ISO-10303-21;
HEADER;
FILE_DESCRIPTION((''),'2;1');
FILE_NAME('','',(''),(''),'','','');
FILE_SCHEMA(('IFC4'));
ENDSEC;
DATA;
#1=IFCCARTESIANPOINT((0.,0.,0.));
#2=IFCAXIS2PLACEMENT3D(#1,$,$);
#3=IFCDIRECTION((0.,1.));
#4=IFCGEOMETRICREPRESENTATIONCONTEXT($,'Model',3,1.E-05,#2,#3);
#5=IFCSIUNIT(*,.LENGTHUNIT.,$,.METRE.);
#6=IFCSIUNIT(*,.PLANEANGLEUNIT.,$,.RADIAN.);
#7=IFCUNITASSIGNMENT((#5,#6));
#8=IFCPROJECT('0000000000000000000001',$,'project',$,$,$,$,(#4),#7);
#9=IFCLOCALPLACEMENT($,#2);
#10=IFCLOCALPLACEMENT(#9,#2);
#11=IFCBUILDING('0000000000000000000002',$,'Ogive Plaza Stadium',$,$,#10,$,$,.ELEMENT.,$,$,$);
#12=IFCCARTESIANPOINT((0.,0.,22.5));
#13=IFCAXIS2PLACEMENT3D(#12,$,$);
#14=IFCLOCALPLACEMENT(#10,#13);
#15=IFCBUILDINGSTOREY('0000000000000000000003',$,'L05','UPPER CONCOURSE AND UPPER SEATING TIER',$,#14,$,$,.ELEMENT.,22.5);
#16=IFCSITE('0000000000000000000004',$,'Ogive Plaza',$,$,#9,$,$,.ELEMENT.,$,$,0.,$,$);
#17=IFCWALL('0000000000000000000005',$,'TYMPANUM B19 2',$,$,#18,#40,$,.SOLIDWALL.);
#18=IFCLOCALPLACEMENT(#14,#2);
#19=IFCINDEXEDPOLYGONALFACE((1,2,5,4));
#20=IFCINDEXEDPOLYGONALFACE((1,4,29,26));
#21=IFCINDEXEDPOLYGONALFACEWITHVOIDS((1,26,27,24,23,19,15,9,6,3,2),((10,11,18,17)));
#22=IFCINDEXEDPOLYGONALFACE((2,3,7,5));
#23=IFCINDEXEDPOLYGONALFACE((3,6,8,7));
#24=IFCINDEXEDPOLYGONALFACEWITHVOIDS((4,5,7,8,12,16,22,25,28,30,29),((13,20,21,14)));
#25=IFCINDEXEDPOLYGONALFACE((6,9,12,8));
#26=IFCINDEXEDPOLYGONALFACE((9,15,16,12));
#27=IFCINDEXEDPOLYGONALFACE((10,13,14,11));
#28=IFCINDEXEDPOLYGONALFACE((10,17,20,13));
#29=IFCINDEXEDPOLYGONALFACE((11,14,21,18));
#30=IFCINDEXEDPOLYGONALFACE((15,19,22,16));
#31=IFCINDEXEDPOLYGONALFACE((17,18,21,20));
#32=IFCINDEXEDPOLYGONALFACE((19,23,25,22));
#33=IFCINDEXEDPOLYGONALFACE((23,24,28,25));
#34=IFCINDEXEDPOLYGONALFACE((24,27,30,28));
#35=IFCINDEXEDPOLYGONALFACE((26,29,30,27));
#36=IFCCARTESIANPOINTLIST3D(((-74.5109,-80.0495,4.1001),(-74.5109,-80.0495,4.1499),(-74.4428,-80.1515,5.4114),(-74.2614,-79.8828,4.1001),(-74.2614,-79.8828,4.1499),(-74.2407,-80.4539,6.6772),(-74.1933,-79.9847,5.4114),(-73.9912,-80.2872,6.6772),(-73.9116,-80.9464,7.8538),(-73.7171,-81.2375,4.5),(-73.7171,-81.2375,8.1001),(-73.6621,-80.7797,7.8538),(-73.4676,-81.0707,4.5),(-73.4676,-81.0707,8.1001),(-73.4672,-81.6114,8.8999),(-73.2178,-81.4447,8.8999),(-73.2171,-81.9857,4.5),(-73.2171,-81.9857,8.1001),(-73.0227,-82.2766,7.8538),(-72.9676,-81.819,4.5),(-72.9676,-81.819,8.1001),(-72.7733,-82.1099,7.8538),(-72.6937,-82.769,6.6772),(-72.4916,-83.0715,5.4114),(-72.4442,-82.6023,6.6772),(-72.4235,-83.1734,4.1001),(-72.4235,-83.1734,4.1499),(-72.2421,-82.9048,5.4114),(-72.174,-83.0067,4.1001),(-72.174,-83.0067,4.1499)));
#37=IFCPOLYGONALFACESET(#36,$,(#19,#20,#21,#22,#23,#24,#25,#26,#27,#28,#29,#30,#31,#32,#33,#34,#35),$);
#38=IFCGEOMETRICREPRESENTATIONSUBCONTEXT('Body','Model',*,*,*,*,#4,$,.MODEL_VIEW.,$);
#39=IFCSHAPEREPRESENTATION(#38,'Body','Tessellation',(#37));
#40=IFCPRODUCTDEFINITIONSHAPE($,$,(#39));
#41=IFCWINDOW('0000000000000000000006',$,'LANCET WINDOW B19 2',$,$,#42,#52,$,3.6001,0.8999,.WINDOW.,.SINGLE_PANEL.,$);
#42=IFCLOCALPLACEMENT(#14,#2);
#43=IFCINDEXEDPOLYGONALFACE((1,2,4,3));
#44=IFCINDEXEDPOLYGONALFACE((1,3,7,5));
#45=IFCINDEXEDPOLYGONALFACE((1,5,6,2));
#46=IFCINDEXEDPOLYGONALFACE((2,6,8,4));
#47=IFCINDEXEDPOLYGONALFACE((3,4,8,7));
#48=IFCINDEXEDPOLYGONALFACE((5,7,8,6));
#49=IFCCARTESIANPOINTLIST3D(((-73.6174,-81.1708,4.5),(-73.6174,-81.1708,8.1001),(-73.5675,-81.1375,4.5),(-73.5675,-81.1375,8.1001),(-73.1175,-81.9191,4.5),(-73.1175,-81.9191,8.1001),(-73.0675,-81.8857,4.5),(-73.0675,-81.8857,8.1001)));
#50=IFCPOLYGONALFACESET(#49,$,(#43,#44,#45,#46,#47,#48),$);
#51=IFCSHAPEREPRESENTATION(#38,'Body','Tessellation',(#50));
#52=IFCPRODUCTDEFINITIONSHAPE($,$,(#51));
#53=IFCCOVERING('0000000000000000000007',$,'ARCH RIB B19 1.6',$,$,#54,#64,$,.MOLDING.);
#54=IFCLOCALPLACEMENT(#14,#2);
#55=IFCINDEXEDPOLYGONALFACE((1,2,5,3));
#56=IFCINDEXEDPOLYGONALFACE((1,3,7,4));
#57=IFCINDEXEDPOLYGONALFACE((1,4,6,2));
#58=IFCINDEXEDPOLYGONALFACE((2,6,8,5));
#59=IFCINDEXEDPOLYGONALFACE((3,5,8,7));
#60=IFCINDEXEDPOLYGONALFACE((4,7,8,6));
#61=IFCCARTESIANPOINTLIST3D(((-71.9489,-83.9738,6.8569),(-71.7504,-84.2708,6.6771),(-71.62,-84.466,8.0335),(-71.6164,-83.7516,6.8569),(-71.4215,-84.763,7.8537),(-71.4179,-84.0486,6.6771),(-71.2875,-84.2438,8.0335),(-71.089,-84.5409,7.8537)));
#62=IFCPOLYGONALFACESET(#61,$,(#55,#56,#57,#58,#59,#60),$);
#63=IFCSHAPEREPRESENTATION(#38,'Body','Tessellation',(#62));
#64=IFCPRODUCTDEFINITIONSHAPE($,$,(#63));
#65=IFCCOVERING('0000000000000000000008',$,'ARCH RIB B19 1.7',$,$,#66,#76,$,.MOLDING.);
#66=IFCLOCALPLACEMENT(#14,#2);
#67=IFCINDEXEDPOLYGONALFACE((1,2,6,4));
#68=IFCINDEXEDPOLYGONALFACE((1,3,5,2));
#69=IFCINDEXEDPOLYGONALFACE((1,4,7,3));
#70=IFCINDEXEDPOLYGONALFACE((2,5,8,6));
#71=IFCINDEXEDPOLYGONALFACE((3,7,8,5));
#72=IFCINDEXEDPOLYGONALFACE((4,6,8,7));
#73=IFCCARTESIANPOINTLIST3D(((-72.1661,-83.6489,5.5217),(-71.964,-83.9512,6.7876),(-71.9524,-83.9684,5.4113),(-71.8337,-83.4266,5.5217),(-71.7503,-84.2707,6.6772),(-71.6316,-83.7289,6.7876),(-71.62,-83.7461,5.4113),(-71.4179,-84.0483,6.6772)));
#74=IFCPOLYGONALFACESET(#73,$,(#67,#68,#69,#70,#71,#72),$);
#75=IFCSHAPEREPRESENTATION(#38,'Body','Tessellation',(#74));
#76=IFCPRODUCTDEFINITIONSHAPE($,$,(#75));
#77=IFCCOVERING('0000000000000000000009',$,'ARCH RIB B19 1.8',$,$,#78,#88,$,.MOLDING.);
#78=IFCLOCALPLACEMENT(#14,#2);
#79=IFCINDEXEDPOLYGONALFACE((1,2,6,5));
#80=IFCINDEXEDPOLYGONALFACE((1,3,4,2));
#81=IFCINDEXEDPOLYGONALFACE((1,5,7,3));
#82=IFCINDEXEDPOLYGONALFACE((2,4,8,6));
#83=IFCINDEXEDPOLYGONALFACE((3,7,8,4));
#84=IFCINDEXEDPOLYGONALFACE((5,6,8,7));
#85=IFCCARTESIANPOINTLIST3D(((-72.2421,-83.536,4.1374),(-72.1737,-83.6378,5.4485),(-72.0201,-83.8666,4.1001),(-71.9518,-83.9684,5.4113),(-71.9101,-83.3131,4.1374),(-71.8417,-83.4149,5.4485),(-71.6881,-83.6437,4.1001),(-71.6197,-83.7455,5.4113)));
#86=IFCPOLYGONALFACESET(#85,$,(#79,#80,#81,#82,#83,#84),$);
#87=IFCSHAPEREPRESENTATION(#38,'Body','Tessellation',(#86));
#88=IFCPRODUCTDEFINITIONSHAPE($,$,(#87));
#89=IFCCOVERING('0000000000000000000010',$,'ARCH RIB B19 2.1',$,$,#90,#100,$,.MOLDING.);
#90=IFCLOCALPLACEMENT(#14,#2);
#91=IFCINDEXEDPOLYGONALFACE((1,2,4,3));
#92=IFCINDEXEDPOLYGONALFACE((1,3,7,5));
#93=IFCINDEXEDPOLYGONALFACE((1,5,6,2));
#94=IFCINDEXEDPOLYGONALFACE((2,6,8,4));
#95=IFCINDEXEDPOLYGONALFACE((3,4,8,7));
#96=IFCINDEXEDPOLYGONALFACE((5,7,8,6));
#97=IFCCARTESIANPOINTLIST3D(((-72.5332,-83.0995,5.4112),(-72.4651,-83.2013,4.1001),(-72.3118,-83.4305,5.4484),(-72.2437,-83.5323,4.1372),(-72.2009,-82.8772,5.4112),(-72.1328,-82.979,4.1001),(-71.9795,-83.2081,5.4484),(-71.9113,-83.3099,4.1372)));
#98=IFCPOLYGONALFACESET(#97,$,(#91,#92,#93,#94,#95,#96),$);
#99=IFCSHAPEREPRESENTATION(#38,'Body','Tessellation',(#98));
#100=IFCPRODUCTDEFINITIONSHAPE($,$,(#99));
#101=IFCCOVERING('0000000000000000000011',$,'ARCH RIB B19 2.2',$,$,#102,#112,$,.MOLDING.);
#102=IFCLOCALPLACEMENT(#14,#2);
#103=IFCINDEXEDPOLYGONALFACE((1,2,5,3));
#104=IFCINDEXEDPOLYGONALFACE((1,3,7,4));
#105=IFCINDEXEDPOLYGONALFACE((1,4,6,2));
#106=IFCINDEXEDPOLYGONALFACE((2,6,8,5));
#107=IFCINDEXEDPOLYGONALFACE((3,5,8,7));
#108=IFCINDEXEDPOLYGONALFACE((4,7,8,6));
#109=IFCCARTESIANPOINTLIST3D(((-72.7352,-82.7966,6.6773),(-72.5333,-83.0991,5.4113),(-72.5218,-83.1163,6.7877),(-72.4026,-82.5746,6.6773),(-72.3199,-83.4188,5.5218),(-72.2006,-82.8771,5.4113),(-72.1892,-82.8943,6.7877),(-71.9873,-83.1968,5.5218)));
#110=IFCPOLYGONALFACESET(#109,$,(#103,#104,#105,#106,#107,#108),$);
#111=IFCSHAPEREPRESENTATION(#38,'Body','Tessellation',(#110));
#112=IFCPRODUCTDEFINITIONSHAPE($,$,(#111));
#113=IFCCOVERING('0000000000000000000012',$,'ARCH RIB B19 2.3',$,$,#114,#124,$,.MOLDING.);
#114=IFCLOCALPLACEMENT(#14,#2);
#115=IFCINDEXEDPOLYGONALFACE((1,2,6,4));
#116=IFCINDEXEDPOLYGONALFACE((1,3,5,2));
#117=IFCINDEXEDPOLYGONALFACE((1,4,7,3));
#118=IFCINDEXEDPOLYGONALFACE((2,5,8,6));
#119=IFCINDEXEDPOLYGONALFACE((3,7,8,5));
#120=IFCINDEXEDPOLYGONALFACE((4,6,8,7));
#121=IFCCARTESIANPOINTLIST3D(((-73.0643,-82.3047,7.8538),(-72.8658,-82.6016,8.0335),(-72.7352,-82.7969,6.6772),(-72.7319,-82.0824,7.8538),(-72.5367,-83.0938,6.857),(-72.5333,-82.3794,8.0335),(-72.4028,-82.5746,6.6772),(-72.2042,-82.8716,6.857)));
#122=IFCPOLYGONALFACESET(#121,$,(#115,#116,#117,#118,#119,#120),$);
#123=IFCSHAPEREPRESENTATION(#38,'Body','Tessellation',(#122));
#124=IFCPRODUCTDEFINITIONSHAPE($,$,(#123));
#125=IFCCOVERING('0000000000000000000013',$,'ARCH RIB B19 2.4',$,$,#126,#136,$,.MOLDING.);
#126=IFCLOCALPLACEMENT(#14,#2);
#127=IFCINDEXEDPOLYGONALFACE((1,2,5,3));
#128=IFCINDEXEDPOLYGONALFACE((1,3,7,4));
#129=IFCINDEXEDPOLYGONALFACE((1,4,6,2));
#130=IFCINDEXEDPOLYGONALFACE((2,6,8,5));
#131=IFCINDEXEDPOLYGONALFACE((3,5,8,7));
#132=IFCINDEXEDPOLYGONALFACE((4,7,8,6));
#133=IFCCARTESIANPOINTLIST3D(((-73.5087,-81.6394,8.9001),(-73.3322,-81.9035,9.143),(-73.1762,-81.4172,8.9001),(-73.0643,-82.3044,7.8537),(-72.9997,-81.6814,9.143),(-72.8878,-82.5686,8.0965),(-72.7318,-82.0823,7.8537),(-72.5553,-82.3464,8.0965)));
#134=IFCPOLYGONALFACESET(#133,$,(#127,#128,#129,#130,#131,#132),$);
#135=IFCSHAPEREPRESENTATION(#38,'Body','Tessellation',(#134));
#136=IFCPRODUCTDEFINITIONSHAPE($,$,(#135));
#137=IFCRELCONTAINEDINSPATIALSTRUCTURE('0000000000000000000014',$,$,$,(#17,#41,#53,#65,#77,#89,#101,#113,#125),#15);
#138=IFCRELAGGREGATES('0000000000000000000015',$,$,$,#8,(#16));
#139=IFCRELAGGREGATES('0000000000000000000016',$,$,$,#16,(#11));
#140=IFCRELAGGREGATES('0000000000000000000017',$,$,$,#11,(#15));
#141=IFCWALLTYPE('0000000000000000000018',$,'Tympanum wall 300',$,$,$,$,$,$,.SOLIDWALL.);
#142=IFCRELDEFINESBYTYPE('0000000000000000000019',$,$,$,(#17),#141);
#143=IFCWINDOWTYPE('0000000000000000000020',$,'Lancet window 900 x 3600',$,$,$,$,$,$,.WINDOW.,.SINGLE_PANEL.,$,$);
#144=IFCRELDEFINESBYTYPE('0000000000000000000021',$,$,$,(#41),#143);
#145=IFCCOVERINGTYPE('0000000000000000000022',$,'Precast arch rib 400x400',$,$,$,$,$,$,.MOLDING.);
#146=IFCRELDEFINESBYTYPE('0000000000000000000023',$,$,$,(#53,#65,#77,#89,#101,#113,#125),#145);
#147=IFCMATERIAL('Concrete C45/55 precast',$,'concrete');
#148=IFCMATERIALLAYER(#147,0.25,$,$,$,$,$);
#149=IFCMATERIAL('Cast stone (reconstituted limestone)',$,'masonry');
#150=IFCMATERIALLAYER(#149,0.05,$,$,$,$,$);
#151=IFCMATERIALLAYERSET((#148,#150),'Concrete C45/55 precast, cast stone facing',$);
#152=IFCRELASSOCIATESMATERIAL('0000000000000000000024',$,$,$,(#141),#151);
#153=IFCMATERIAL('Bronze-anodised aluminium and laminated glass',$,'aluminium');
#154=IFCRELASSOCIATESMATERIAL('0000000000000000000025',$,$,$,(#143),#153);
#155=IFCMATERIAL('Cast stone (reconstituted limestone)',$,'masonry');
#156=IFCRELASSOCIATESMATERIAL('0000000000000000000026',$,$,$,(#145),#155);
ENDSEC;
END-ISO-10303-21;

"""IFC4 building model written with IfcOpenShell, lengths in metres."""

from ifc_helpers import new_model, si_unit, direction, frame, frame_2d, origin, origin_2d, place, context, subcontext, project, spatial, polyline, rectangle, outline, extrude, material, layer, layer_set, material_profile, profile_set, type_object, element, fill, save


model = new_model("IFC4")

# Units and contexts
model_context = context("Model", 3, precision=1e-05, world=origin(), true_north=direction((0.0, 1.0)))
body_context = subcontext(model_context, "Body", "Model", "MODEL_VIEW")
ifc_project = project(units=[si_unit("LENGTHUNIT", "METRE"), si_unit("PLANEANGLEUNIT", "RADIAN")], contexts=[model_context])

# Site, building, storey
site_placement = place(None, origin())
site = spatial("IfcSite", under=ifc_project, at=site_placement, Name="Ogive Plaza", CompositionType="ELEMENT", RefElevation=0.0)
building_placement = place(site_placement, origin())
building = spatial("IfcBuilding", under=site, at=building_placement, Name="Ogive Plaza Stadium", CompositionType="ELEMENT")
storey_placement = place(building_placement, frame((0.0, 0.0, 22.5)))
storey = spatial("IfcBuildingStorey", under=building, at=storey_placement, Name="L05", Description="UPPER CONCOURSE AND UPPER SEATING TIER", CompositionType="ELEMENT", Elevation=22.5)

# Wall, opening, window
ifc_material_1 = material(Name="Concrete C45/55 precast", Category="concrete")
ifc_layer_1 = layer(ifc_material_1, 0.25)
ifc_material_2 = material(Name="Cast stone (reconstituted limestone)", Category="masonry")
ifc_layer_2 = layer(ifc_material_2, 0.05)
ifc_layer_set_1 = layer_set([ifc_layer_1, ifc_layer_2], Name="Concrete C45/55 precast, cast stone facing")
wall_type = type_object("IfcWallType", Name="Tympanum wall 300", PredefinedType="SOLIDWALL", material=ifc_layer_set_1)
wall_placement = place(storey_placement, frame((-72.2988, -83.0901, 4.1001), z_axis=(0.0, 0.0, 1.0), x_axis=(-0.5556, 0.83145, 0.0)))
wall = element("IfcWall", 1, at=wall_placement, inside=storey, type_object=wall_type, Name="TYMPANUM B19 2", PredefinedType="SOLIDWALL", context=body_context, shape_type="SweptSolid", body=[
    extrude(outline(polyline([(0.0, 0.0), (3.7571, 0.0), (3.7571, 0.0498), (3.6345, 1.3113), (3.2708, 2.5771), (2.6785, 3.7537), (1.8787, 4.7998), (1.0786, 3.7537), (0.4863, 2.5771), (0.1226, 1.3113), (0.0, 0.0498), (0.0, 0.0)])), frame((0.0, 0.1499, 0.0), z_axis=(0.0, -1.0, 0.0), x_axis=(1.0, 0.0, 0.0)), (0.0, 0.0, 1.0), 0.3),
])
opening_placement = place(wall_placement, frame((1.4285, 0.0, 0.3999)))
opening = element("IfcOpeningElement", 2, at=opening_placement, cuts=wall, PredefinedType="OPENING", context=body_context, shape_type="SweptSolid", body=[
    extrude(rectangle(XDim=0.8999, YDim=3.6001, at=frame_2d((0.45, 1.8))), frame((0.0, 0.1602, 0.0), z_axis=(0.0, -1.0, 0.0), x_axis=(1.0, 0.0, 0.0)), (0.0, 0.0, 1.0), 0.3201),
])
ifc_material_3 = material(Name="Bronze-anodised aluminium and laminated glass", Category="aluminium")
window_type = type_object("IfcWindowType", Name="Lancet window 900 x 3600", PartitioningType="SINGLE_PANEL", PredefinedType="WINDOW", material=ifc_material_3)
window_placement = place(opening_placement, origin())
window = element("IfcWindow", 3, at=window_placement, inside=storey, type_object=window_type, Name="LANCET WINDOW B19 2", OverallHeight=3.6001, OverallWidth=0.8999, PartitioningType="SINGLE_PANEL", PredefinedType="WINDOW", context=body_context, shape_type="SweptSolid", body=[
    extrude(rectangle(XDim=0.8999, YDim=3.6001, at=frame_2d((0.45, 1.8))), frame((0.0, 0.03, 0.0), z_axis=(0.0, -1.0, 0.0), x_axis=(1.0, 0.0, 0.0)), (0.0, 0.0, 1.0), 0.0601),
])
fill(opening, window)

# Coverings
ifc_material_4 = material(Name="Cast stone (reconstituted limestone)", Category="masonry")
ifc_material_profile_1 = material_profile(ifc_material_4, rectangle(XDim=0.3999, YDim=0.3999, at=origin_2d()), Name="Cast stone 400x400")
ifc_profile_set_1 = profile_set([ifc_material_profile_1], Name="Cast stone (reconstituted limestone)")
covering_type = type_object("IfcCoveringType", Name="Precast arch rib 400x400", PredefinedType="MOLDING", material=ifc_profile_set_1)
for number, where, z_axis, x_axis, name in (
    (4, (-71.3545, -84.5034, 7.9436), (-0.249695, 0.373709, -0.893305), (-0.831479, -0.555557, 0.0), "ARCH RIB B19 1.6"),
    (5, (-71.6909, -83.9998, 6.7324), (-0.153485, 0.229486, -0.961134), (-0.831223, -0.555939, 0.0), "ARCH RIB B19 1.7"),
):
    element("IfcCovering", number, at=place(storey_placement, frame(where, z_axis=z_axis, x_axis=x_axis)), inside=storey, type_object=covering_type, Name=name, PredefinedType="MOLDING", context=body_context, shape_type="SweptSolid", body=[
        extrude(rectangle(XDim=0.3999, YDim=0.3999, at=origin_2d()), origin(), (0.0, 0.0, 1.0), 1.3171),
    ])
for number, where, z_axis, x_axis, name in (
    (6, (-71.8967, -83.6917, 5.4299), (-0.051905, 0.077302, -0.995656), (-0.830208, -0.557454, 0.0), "ARCH RIB B19 1.8"),
    (7, (-72.1882, -83.2556, 4.1187), (-0.05172, 0.077303, 0.995665), (-0.831129, -0.556079, 0.0), "ARCH RIB B19 2.1"),
):
    element("IfcCovering", number, at=place(storey_placement, frame(where, z_axis=z_axis, x_axis=x_axis)), inside=storey, type_object=covering_type, Name=name, PredefinedType="MOLDING", context=body_context, shape_type="SweptSolid", body=[
        extrude(rectangle(XDim=0.3999, YDim=0.3999, at=origin_2d()), origin(), (0.0, 0.0, 1.0), 1.3169),
    ])
for number, where, z_axis, x_axis, name in (
    (8, (-72.2603, -83.1479, 5.4666), (-0.153297, 0.229668, 0.96112), (-0.83174, -0.555165, 0.0), "ARCH RIB B19 2.2"),
    (9, (-72.4697, -82.8342, 6.7671), (-0.249869, 0.373692, 0.893264), (-0.831288, -0.555842, 0.0), "ARCH RIB B19 2.3"),
    (10, (-72.8098, -82.3254, 7.9751), (-0.337371, 0.504944, 0.794489), (-0.831486, -0.555545, 0.0), "ARCH RIB B19 2.4"),
):
    element("IfcCovering", number, at=place(storey_placement, frame(where, z_axis=z_axis, x_axis=x_axis)), inside=storey, type_object=covering_type, Name=name, PredefinedType="MOLDING", context=body_context, shape_type="SweptSolid", body=[
        extrude(rectangle(XDim=0.3999, YDim=0.3999, at=origin_2d()), origin(), (0.0, 0.0, 1.0), 1.3171),
    ])

save(model, "model.ifc")
